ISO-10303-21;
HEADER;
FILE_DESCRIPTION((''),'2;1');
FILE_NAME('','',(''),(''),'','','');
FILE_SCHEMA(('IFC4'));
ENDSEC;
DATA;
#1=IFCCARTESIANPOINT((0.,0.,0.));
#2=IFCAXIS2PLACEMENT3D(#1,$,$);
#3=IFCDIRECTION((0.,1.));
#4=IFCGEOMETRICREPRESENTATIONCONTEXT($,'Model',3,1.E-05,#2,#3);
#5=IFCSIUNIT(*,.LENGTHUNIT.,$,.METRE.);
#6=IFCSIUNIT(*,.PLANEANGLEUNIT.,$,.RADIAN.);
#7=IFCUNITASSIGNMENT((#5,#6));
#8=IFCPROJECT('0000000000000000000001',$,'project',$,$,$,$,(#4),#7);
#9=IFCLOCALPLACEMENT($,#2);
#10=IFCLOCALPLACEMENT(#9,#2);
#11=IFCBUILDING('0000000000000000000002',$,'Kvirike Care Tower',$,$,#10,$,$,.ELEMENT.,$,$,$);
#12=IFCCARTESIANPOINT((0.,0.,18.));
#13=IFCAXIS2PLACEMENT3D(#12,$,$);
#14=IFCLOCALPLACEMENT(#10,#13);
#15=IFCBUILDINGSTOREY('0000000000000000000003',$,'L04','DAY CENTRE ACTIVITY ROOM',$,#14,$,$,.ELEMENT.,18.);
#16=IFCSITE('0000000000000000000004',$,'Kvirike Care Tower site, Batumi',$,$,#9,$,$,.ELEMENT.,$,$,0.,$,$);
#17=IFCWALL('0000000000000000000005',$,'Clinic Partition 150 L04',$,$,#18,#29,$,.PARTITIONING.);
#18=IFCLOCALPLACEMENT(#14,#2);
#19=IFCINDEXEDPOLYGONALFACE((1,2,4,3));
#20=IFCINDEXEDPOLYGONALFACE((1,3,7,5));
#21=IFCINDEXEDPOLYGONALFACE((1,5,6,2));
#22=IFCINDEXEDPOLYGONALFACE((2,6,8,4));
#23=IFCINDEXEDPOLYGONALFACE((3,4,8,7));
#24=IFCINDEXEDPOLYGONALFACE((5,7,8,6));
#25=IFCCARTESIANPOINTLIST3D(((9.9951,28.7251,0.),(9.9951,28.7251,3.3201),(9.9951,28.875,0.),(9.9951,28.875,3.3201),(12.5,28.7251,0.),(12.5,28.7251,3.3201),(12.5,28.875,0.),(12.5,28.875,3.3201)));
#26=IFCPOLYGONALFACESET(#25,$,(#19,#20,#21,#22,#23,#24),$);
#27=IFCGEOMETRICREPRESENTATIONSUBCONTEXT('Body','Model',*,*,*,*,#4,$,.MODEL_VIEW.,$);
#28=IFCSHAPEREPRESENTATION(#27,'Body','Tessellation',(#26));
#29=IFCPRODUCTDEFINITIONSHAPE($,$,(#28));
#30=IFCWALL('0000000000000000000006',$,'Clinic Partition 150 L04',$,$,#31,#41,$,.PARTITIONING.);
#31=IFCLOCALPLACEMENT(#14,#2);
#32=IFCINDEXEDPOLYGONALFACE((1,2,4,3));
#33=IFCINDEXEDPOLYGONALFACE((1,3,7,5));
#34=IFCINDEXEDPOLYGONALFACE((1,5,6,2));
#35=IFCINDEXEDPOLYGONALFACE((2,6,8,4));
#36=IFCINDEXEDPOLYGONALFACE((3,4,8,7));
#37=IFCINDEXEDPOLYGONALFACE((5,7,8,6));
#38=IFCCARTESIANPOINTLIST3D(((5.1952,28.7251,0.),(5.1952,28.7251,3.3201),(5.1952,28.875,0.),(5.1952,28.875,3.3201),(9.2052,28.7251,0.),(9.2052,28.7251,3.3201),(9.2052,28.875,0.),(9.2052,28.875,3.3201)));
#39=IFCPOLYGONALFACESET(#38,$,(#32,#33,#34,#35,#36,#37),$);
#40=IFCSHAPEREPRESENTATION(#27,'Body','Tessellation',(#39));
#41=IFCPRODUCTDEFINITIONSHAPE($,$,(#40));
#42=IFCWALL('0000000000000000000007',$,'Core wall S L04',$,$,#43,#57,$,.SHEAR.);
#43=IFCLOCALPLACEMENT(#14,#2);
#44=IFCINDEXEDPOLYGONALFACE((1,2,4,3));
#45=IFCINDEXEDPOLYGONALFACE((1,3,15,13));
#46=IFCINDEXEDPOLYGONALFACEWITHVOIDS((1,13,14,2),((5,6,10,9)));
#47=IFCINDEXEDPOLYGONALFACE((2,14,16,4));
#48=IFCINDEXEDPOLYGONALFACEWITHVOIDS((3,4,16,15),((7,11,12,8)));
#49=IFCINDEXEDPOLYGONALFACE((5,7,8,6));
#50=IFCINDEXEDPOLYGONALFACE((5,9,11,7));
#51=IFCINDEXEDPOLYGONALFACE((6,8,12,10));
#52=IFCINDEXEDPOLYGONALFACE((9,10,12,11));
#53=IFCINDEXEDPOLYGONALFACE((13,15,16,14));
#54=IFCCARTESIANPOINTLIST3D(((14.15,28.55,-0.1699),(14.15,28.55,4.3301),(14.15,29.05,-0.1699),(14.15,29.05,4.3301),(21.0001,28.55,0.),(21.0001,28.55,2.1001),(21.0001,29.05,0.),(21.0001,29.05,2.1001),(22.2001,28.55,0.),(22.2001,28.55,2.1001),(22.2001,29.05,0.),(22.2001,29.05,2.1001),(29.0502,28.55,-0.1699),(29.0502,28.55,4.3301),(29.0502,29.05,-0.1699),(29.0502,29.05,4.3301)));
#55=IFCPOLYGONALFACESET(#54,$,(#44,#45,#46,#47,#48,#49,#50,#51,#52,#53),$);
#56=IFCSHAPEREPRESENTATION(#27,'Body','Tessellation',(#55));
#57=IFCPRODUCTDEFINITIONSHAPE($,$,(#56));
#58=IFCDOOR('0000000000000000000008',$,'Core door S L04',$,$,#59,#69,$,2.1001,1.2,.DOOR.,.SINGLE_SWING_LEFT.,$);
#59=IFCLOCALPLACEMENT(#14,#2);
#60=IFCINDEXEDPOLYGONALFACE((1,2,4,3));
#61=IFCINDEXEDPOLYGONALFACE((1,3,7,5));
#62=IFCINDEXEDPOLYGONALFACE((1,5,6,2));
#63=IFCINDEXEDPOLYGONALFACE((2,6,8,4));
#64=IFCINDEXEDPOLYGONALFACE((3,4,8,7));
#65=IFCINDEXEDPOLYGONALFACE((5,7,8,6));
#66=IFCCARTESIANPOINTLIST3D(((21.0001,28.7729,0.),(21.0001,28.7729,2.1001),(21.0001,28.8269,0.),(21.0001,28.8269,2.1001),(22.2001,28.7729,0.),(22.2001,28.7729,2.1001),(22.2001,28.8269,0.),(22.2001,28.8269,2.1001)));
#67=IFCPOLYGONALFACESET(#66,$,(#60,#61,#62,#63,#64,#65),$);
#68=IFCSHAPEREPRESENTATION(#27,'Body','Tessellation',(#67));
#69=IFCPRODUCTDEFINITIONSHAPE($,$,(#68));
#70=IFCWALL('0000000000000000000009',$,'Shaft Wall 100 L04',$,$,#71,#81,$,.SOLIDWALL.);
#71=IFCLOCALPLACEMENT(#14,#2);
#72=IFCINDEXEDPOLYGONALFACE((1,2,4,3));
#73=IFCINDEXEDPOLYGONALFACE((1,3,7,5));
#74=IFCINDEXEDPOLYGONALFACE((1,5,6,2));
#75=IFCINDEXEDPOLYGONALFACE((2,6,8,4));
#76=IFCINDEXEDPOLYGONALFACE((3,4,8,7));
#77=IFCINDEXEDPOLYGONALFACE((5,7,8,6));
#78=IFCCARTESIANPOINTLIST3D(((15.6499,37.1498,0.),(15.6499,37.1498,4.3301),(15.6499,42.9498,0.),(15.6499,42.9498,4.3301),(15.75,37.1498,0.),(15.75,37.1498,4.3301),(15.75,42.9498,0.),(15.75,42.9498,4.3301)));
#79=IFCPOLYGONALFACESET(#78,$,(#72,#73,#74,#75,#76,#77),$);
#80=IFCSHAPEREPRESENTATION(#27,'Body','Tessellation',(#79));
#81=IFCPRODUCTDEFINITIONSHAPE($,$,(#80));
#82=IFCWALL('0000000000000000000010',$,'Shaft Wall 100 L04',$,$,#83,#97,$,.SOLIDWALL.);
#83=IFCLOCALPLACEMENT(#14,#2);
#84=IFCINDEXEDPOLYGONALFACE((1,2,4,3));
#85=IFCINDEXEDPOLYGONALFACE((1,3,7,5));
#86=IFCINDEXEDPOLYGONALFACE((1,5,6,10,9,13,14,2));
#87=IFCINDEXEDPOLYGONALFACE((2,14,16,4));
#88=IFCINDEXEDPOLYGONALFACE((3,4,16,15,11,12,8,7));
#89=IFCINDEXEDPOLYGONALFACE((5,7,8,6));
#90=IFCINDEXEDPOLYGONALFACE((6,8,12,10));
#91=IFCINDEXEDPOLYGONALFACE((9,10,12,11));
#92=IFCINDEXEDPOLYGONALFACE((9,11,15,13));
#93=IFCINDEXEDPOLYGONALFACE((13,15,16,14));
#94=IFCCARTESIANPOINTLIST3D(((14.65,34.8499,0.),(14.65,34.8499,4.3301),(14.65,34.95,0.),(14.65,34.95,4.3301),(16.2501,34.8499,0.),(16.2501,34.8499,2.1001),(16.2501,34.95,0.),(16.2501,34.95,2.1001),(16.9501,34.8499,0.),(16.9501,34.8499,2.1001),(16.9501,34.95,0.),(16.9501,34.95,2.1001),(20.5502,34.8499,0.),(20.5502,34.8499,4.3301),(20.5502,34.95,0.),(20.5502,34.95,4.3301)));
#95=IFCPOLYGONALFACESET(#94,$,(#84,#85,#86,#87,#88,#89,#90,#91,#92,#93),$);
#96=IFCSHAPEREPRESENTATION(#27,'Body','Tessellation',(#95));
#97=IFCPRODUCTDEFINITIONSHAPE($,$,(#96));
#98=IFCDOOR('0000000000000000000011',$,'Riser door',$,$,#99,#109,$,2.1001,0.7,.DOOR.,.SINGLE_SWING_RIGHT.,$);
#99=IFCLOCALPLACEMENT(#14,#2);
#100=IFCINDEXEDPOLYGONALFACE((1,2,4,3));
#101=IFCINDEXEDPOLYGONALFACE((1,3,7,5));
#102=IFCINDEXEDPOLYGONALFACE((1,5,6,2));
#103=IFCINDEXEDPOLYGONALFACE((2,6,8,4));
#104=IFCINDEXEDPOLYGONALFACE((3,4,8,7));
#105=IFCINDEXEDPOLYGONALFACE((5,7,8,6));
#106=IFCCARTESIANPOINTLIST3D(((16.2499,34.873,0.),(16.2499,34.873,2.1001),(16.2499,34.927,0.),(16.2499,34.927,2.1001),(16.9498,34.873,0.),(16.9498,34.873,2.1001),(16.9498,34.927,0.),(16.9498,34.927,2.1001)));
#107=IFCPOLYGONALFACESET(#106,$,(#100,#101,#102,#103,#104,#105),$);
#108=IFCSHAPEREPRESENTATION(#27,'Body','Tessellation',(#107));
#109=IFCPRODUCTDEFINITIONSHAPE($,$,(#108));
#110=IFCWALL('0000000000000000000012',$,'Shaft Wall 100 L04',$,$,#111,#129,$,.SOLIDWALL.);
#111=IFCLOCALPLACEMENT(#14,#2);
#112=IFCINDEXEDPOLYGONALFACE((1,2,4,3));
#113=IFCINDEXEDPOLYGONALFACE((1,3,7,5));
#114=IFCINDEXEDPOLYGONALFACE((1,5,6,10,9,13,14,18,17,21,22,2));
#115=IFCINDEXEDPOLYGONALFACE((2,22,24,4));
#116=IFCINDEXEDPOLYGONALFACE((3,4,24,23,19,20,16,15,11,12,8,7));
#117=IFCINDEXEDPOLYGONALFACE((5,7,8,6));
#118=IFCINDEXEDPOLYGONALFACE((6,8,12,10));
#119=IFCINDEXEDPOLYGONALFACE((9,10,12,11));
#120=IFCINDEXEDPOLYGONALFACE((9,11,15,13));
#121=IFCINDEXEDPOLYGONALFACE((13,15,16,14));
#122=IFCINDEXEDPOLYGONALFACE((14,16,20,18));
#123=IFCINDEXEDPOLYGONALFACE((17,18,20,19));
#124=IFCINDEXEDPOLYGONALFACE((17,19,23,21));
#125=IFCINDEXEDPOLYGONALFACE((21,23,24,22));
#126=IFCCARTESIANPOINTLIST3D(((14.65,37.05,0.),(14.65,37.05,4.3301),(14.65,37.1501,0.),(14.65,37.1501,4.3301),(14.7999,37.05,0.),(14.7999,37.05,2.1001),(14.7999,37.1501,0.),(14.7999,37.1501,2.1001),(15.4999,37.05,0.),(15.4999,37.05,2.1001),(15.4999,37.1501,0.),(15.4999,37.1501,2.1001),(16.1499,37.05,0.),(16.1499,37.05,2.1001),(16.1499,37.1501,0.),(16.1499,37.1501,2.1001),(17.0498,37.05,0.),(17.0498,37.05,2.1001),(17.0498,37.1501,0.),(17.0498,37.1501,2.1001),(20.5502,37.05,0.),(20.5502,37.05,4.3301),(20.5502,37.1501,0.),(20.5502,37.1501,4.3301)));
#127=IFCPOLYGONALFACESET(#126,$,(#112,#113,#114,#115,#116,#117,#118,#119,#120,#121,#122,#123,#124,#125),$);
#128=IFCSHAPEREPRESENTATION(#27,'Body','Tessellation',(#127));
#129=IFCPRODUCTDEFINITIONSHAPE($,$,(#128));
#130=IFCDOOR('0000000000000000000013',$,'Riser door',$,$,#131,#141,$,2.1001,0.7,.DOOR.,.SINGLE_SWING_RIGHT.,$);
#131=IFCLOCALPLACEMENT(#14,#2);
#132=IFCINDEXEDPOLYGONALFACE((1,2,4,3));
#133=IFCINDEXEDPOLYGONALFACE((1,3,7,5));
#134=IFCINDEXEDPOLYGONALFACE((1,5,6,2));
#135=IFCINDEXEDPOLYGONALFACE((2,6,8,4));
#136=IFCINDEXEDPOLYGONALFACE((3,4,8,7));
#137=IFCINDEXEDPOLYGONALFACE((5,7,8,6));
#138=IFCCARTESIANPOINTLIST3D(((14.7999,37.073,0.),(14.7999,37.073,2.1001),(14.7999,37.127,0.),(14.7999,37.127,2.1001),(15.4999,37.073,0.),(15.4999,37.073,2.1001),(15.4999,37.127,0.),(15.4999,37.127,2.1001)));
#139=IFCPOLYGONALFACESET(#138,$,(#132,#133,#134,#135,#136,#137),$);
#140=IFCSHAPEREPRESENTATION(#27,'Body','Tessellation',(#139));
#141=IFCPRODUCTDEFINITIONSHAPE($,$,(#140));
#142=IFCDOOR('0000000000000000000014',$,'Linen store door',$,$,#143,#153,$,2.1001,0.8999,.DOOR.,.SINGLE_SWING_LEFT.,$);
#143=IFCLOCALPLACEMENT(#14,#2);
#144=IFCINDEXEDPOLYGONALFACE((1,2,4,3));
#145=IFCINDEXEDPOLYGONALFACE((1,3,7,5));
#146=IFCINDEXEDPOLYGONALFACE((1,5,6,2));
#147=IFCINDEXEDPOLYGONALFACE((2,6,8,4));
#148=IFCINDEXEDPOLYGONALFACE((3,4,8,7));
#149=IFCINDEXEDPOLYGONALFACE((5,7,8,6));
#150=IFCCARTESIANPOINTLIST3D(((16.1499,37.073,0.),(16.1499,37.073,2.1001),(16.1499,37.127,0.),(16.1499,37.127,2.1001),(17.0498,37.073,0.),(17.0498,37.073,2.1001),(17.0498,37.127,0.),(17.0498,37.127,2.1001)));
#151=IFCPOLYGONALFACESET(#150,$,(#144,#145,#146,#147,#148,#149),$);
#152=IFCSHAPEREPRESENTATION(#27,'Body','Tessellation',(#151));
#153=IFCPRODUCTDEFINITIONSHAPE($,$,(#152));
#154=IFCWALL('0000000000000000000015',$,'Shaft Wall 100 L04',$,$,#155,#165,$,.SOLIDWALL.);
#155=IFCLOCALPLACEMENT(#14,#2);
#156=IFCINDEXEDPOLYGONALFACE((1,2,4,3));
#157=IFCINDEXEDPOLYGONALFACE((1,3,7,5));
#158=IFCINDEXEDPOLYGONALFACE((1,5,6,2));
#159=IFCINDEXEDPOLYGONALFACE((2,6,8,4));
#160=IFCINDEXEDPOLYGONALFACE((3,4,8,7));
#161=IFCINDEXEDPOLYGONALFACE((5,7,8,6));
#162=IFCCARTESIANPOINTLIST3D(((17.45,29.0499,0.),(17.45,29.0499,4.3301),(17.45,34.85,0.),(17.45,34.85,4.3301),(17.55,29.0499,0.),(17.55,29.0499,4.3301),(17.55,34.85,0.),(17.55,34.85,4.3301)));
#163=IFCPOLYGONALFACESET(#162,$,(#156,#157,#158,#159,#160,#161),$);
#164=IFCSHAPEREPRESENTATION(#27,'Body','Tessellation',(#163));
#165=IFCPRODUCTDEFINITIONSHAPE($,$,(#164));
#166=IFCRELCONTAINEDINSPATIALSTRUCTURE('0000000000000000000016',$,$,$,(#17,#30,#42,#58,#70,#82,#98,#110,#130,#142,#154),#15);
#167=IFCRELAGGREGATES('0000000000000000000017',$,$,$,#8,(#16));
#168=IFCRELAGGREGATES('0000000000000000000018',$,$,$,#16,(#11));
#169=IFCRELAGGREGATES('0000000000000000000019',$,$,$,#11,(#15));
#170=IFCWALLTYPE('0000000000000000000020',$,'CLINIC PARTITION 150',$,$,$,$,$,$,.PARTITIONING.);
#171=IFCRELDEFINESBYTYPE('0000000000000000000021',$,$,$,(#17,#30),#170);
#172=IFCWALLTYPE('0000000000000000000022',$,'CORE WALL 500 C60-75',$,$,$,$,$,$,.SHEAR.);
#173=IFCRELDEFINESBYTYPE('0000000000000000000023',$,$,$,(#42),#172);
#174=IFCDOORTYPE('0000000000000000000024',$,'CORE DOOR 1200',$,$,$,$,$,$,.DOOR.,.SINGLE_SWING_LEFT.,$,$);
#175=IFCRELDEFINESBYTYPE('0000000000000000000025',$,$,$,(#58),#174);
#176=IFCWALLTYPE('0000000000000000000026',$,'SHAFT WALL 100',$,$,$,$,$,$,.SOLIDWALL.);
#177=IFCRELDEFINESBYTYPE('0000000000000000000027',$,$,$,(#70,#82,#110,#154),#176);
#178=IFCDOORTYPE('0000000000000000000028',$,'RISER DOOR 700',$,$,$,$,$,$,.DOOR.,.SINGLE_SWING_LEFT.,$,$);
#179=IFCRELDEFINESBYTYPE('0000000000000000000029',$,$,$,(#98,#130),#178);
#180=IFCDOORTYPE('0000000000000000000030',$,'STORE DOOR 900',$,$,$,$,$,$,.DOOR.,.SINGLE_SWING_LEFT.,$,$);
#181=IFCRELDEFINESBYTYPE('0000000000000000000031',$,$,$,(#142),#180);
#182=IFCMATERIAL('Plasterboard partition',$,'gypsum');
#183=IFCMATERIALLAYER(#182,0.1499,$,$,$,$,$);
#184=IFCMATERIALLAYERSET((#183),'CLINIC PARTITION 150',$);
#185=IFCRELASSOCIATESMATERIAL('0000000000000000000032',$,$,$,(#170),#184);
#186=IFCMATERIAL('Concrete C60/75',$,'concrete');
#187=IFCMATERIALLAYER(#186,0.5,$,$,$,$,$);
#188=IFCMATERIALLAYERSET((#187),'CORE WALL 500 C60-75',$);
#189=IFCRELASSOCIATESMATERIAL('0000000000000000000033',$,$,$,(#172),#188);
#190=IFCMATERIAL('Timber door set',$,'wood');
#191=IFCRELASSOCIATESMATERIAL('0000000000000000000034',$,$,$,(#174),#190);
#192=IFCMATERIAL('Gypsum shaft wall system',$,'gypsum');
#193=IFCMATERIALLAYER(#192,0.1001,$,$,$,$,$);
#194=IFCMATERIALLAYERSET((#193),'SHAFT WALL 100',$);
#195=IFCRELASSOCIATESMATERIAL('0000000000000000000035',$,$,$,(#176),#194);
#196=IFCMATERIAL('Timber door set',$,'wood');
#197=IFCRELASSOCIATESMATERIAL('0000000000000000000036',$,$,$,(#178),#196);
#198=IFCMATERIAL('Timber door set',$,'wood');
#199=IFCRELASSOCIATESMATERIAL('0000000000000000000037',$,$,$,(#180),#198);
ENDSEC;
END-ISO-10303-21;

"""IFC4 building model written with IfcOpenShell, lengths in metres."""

from ifc_helpers import new_model, si_unit, direction, frame, frame_2d, origin, place, context, subcontext, project, spatial, rectangle, extrude, material, layer, layer_set, type_object, element, fill, save


model = new_model("IFC4")

# Units and contexts
model_context = context("Model", 3, precision=1e-05, world=origin(), true_north=direction((0.0, 1.0)))
body_context = subcontext(model_context, "Body", "Model", "MODEL_VIEW")
ifc_project = project(units=[si_unit("LENGTHUNIT", "METRE"), si_unit("PLANEANGLEUNIT", "RADIAN")], contexts=[model_context])

# Site, building, storey
site_placement = place(None, origin())
site = spatial("IfcSite", under=ifc_project, at=site_placement, Name="Kvirike Care Tower site, Batumi", CompositionType="ELEMENT", RefElevation=0.0)
building_placement = place(site_placement, origin())
building = spatial("IfcBuilding", under=site, at=building_placement, Name="Kvirike Care Tower", CompositionType="ELEMENT")
storey_placement = place(building_placement, frame((0.0, 0.0, 18.0)))
storey = spatial("IfcBuildingStorey", under=building, at=storey_placement, Name="L04", Description="DAY CENTRE ACTIVITY ROOM", CompositionType="ELEMENT", Elevation=18.0)

# Walls
ifc_material_1 = material(Name="Plasterboard partition", Category="gypsum")
ifc_layer_1 = layer(ifc_material_1, 0.1499)
ifc_layer_set_1 = layer_set([ifc_layer_1], Name="CLINIC PARTITION 150")
wall_type_1 = type_object("IfcWallType", Name="CLINIC PARTITION 150", PredefinedType="PARTITIONING", material=ifc_layer_set_1)
wall_1_placement = place(storey_placement, frame((12.5, 28.8, 0.0), z_axis=(0.0, 0.0, 1.0), x_axis=(-1.0, 0.0, 0.0)))
element("IfcWall", 1, at=wall_1_placement, inside=storey, type_object=wall_type_1, Name="Clinic Partition 150 L04", PredefinedType="PARTITIONING", context=body_context, shape_type="SweptSolid", body=[
    extrude(rectangle(XDim=2.5049, YDim=0.1499, at=frame_2d((1.2524, 0.0))), origin(), (0.0, 0.0, 1.0), 3.3201),
])
wall_2_placement = place(storey_placement, frame((9.2051, 28.8, 0.0), z_axis=(0.0, 0.0, 1.0), x_axis=(-1.0, 0.0, 0.0)))
element("IfcWall", 2, at=wall_2_placement, inside=storey, type_object=wall_type_1, Name="Clinic Partition 150 L04", PredefinedType="PARTITIONING", context=body_context, shape_type="SweptSolid", body=[
    extrude(rectangle(XDim=4.01, YDim=0.1499, at=frame_2d((2.0049, 0.0))), origin(), (0.0, 0.0, 1.0), 3.3201),
])

# Wall, opening, door
ifc_material_2 = material(Name="Concrete C60/75", Category="concrete")
ifc_layer_2 = layer(ifc_material_2, 0.5)
ifc_layer_set_2 = layer_set([ifc_layer_2], Name="CORE WALL 500 C60-75")
wall_type_2 = type_object("IfcWallType", Name="CORE WALL 500 C60-75", PredefinedType="SHEAR", material=ifc_layer_set_2)
wall_3_placement = place(storey_placement, frame((14.1499, 28.8, -0.1699), z_axis=(0.0, 0.0, 1.0), x_axis=(1.0, 0.0, 0.0)))
wall_3 = element("IfcWall", 3, at=wall_3_placement, inside=storey, type_object=wall_type_2, Name="Core wall S L04", PredefinedType="SHEAR", context=body_context, shape_type="SweptSolid", body=[
    extrude(rectangle(XDim=14.9001, YDim=0.5, at=frame_2d((7.4502, 0.0))), origin(), (0.0, 0.0, 1.0), 4.5),
])
opening_1_placement = place(wall_3_placement, frame((6.8501, 0.0, 0.1699)))
opening_1 = element("IfcOpeningElement", 4, at=opening_1_placement, cuts=wall_3, PredefinedType="OPENING", context=body_context, shape_type="SweptSolid", body=[
    extrude(rectangle(XDim=1.2, YDim=2.1001, at=frame_2d((0.6001, 1.05))), frame((0.0, 0.2605, 0.0), z_axis=(0.0, -1.0, 0.0), x_axis=(1.0, 0.0, 0.0)), (0.0, 0.0, 1.0), 0.521),
])
ifc_material_3 = material(Name="Timber door set", Category="wood")
door_type_1 = type_object("IfcDoorType", Name="CORE DOOR 1200", OperationType="SINGLE_SWING_LEFT", PredefinedType="DOOR", material=ifc_material_3)
door_1_placement = place(opening_1_placement, origin())
door_1 = element("IfcDoor", 5, at=door_1_placement, inside=storey, type_object=door_type_1, Name="Core door S L04", OperationType="SINGLE_SWING_LEFT", OverallHeight=2.1001, OverallWidth=1.2, PredefinedType="DOOR", context=body_context, shape_type="SweptSolid", body=[
    extrude(rectangle(XDim=1.2, YDim=2.1001, at=frame_2d((0.6001, 1.05))), frame((0.0, 0.0269, 0.0), z_axis=(0.0, -1.0, 0.0), x_axis=(1.0, 0.0, 0.0)), (0.0, 0.0, 1.0), 0.054),
])
fill(opening_1, door_1)

# Wall
ifc_material_4 = material(Name="Gypsum shaft wall system", Category="gypsum")
ifc_layer_3 = layer(ifc_material_4, 0.1001)
ifc_layer_set_3 = layer_set([ifc_layer_3], Name="SHAFT WALL 100")
wall_type_3 = type_object("IfcWallType", Name="SHAFT WALL 100", PredefinedType="SOLIDWALL", material=ifc_layer_set_3)
wall_4_placement = place(storey_placement, frame((15.7, 37.1499, 0.0), z_axis=(0.0, 0.0, 1.0), x_axis=(0.0, 1.0, 0.0)))
element("IfcWall", 6, at=wall_4_placement, inside=storey, type_object=wall_type_3, Name="Shaft Wall 100 L04", PredefinedType="SOLIDWALL", context=body_context, shape_type="SweptSolid", body=[
    extrude(rectangle(XDim=5.8, YDim=0.1001, at=frame_2d((2.8999, 0.0))), origin(), (0.0, 0.0, 1.0), 4.3301),
])

# Wall, opening, door
wall_5_placement = place(storey_placement, frame((14.6499, 34.8999, 0.0), z_axis=(0.0, 0.0, 1.0), x_axis=(1.0, 0.0, 0.0)))
wall_5 = element("IfcWall", 7, at=wall_5_placement, inside=storey, type_object=wall_type_3, Name="Shaft Wall 100 L04", PredefinedType="SOLIDWALL", context=body_context, shape_type="SweptSolid", body=[
    extrude(rectangle(XDim=5.9001, YDim=0.1001, at=frame_2d((2.9502, 0.0))), origin(), (0.0, 0.0, 1.0), 4.3301),
])
opening_2_placement = place(wall_5_placement, frame((1.6001, 0.0, 0.0)))
opening_2 = element("IfcOpeningElement", 8, at=opening_2_placement, cuts=wall_5, PredefinedType="OPENING", context=body_context, shape_type="SweptSolid", body=[
    extrude(rectangle(XDim=0.7, YDim=2.1001, at=frame_2d((0.3501, 1.05))), frame((0.0, 0.0605, 0.0), z_axis=(0.0, -1.0, 0.0), x_axis=(1.0, 0.0, 0.0)), (0.0, 0.0, 1.0), 0.1211),
])
ifc_material_5 = material(Name="Timber door set", Category="wood")
door_type_2 = type_object("IfcDoorType", Name="RISER DOOR 700", OperationType="SINGLE_SWING_LEFT", PredefinedType="DOOR", material=ifc_material_5)
door_2_placement = place(opening_2_placement, frame((0.7, 0.0, 0.0), z_axis=(0.0, 0.0, 1.0), x_axis=(-1.0, 0.0, 0.0)))
door_2 = element("IfcDoor", 9, at=door_2_placement, inside=storey, type_object=door_type_2, Name="Riser door", OperationType="SINGLE_SWING_RIGHT", OverallHeight=2.1001, OverallWidth=0.7, PredefinedType="DOOR", context=body_context, shape_type="SweptSolid", body=[
    extrude(rectangle(XDim=0.7, YDim=2.1001, at=frame_2d((0.3501, 1.05))), frame((0.0, 0.0269, 0.0), z_axis=(0.0, -1.0, 0.0), x_axis=(1.0, 0.0, 0.0)), (0.0, 0.0, 1.0), 0.054),
])
fill(opening_2, door_2)

# Wall, openings, doors
wall_6_placement = place(storey_placement, frame((14.6499, 37.1001, 0.0), z_axis=(0.0, 0.0, 1.0), x_axis=(1.0, 0.0, 0.0)))
wall_6 = element("IfcWall", 10, at=wall_6_placement, inside=storey, type_object=wall_type_3, Name="Shaft Wall 100 L04", PredefinedType="SOLIDWALL", context=body_context, shape_type="SweptSolid", body=[
    extrude(rectangle(XDim=5.9001, YDim=0.1001, at=frame_2d((2.9502, 0.0))), origin(), (0.0, 0.0, 1.0), 4.3301),
])
opening_3_placement = place(wall_6_placement, frame((0.1499, 0.0, 0.0)))
opening_3 = element("IfcOpeningElement", 11, at=opening_3_placement, cuts=wall_6, PredefinedType="OPENING", context=body_context, shape_type="SweptSolid", body=[
    extrude(rectangle(XDim=0.7, YDim=2.1001, at=frame_2d((0.3501, 1.05))), frame((0.0, 0.0605, 0.0), z_axis=(0.0, -1.0, 0.0), x_axis=(1.0, 0.0, 0.0)), (0.0, 0.0, 1.0), 0.1211),
])
opening_4_placement = place(wall_6_placement, frame((1.5, 0.0, 0.0)))
opening_4 = element("IfcOpeningElement", 12, at=opening_4_placement, cuts=wall_6, PredefinedType="OPENING", context=body_context, shape_type="SweptSolid", body=[
    extrude(rectangle(XDim=0.8999, YDim=2.1001, at=frame_2d((0.45, 1.05))), frame((0.0, 0.0605, 0.0), z_axis=(0.0, -1.0, 0.0), x_axis=(1.0, 0.0, 0.0)), (0.0, 0.0, 1.0), 0.1211),
])
door_3_placement = place(opening_3_placement, origin())
door_3 = element("IfcDoor", 13, at=door_3_placement, inside=storey, type_object=door_type_2, Name="Riser door", OperationType="SINGLE_SWING_RIGHT", OverallHeight=2.1001, OverallWidth=0.7, PredefinedType="DOOR", context=body_context, shape_type="SweptSolid", body=[
    extrude(rectangle(XDim=0.7, YDim=2.1001, at=frame_2d((0.3501, 1.05))), frame((0.0, 0.0269, 0.0), z_axis=(0.0, -1.0, 0.0), x_axis=(1.0, 0.0, 0.0)), (0.0, 0.0, 1.0), 0.054),
])
fill(opening_3, door_3)
ifc_material_6 = material(Name="Timber door set", Category="wood")
door_type_3 = type_object("IfcDoorType", Name="STORE DOOR 900", OperationType="SINGLE_SWING_LEFT", PredefinedType="DOOR", material=ifc_material_6)
door_4_placement = place(opening_4_placement, origin())
door_4 = element("IfcDoor", 14, at=door_4_placement, inside=storey, type_object=door_type_3, Name="Linen store door", OperationType="SINGLE_SWING_LEFT", OverallHeight=2.1001, OverallWidth=0.8999, PredefinedType="DOOR", context=body_context, shape_type="SweptSolid", body=[
    extrude(rectangle(XDim=0.8999, YDim=2.1001, at=frame_2d((0.45, 1.05))), frame((0.0, 0.0269, 0.0), z_axis=(0.0, -1.0, 0.0), x_axis=(1.0, 0.0, 0.0)), (0.0, 0.0, 1.0), 0.054),
])
fill(opening_4, door_4)

# Wall
wall_7_placement = place(storey_placement, frame((17.5, 29.05, 0.0), z_axis=(0.0, 0.0, 1.0), x_axis=(0.0, 1.0, 0.0)))
element("IfcWall", 15, at=wall_7_placement, inside=storey, type_object=wall_type_3, Name="Shaft Wall 100 L04", PredefinedType="SOLIDWALL", context=body_context, shape_type="SweptSolid", body=[
    extrude(rectangle(XDim=5.8, YDim=0.1001, at=frame_2d((2.8999, 0.0))), origin(), (0.0, 0.0, 1.0), 4.3301),
])

save(model, "model.ifc")
